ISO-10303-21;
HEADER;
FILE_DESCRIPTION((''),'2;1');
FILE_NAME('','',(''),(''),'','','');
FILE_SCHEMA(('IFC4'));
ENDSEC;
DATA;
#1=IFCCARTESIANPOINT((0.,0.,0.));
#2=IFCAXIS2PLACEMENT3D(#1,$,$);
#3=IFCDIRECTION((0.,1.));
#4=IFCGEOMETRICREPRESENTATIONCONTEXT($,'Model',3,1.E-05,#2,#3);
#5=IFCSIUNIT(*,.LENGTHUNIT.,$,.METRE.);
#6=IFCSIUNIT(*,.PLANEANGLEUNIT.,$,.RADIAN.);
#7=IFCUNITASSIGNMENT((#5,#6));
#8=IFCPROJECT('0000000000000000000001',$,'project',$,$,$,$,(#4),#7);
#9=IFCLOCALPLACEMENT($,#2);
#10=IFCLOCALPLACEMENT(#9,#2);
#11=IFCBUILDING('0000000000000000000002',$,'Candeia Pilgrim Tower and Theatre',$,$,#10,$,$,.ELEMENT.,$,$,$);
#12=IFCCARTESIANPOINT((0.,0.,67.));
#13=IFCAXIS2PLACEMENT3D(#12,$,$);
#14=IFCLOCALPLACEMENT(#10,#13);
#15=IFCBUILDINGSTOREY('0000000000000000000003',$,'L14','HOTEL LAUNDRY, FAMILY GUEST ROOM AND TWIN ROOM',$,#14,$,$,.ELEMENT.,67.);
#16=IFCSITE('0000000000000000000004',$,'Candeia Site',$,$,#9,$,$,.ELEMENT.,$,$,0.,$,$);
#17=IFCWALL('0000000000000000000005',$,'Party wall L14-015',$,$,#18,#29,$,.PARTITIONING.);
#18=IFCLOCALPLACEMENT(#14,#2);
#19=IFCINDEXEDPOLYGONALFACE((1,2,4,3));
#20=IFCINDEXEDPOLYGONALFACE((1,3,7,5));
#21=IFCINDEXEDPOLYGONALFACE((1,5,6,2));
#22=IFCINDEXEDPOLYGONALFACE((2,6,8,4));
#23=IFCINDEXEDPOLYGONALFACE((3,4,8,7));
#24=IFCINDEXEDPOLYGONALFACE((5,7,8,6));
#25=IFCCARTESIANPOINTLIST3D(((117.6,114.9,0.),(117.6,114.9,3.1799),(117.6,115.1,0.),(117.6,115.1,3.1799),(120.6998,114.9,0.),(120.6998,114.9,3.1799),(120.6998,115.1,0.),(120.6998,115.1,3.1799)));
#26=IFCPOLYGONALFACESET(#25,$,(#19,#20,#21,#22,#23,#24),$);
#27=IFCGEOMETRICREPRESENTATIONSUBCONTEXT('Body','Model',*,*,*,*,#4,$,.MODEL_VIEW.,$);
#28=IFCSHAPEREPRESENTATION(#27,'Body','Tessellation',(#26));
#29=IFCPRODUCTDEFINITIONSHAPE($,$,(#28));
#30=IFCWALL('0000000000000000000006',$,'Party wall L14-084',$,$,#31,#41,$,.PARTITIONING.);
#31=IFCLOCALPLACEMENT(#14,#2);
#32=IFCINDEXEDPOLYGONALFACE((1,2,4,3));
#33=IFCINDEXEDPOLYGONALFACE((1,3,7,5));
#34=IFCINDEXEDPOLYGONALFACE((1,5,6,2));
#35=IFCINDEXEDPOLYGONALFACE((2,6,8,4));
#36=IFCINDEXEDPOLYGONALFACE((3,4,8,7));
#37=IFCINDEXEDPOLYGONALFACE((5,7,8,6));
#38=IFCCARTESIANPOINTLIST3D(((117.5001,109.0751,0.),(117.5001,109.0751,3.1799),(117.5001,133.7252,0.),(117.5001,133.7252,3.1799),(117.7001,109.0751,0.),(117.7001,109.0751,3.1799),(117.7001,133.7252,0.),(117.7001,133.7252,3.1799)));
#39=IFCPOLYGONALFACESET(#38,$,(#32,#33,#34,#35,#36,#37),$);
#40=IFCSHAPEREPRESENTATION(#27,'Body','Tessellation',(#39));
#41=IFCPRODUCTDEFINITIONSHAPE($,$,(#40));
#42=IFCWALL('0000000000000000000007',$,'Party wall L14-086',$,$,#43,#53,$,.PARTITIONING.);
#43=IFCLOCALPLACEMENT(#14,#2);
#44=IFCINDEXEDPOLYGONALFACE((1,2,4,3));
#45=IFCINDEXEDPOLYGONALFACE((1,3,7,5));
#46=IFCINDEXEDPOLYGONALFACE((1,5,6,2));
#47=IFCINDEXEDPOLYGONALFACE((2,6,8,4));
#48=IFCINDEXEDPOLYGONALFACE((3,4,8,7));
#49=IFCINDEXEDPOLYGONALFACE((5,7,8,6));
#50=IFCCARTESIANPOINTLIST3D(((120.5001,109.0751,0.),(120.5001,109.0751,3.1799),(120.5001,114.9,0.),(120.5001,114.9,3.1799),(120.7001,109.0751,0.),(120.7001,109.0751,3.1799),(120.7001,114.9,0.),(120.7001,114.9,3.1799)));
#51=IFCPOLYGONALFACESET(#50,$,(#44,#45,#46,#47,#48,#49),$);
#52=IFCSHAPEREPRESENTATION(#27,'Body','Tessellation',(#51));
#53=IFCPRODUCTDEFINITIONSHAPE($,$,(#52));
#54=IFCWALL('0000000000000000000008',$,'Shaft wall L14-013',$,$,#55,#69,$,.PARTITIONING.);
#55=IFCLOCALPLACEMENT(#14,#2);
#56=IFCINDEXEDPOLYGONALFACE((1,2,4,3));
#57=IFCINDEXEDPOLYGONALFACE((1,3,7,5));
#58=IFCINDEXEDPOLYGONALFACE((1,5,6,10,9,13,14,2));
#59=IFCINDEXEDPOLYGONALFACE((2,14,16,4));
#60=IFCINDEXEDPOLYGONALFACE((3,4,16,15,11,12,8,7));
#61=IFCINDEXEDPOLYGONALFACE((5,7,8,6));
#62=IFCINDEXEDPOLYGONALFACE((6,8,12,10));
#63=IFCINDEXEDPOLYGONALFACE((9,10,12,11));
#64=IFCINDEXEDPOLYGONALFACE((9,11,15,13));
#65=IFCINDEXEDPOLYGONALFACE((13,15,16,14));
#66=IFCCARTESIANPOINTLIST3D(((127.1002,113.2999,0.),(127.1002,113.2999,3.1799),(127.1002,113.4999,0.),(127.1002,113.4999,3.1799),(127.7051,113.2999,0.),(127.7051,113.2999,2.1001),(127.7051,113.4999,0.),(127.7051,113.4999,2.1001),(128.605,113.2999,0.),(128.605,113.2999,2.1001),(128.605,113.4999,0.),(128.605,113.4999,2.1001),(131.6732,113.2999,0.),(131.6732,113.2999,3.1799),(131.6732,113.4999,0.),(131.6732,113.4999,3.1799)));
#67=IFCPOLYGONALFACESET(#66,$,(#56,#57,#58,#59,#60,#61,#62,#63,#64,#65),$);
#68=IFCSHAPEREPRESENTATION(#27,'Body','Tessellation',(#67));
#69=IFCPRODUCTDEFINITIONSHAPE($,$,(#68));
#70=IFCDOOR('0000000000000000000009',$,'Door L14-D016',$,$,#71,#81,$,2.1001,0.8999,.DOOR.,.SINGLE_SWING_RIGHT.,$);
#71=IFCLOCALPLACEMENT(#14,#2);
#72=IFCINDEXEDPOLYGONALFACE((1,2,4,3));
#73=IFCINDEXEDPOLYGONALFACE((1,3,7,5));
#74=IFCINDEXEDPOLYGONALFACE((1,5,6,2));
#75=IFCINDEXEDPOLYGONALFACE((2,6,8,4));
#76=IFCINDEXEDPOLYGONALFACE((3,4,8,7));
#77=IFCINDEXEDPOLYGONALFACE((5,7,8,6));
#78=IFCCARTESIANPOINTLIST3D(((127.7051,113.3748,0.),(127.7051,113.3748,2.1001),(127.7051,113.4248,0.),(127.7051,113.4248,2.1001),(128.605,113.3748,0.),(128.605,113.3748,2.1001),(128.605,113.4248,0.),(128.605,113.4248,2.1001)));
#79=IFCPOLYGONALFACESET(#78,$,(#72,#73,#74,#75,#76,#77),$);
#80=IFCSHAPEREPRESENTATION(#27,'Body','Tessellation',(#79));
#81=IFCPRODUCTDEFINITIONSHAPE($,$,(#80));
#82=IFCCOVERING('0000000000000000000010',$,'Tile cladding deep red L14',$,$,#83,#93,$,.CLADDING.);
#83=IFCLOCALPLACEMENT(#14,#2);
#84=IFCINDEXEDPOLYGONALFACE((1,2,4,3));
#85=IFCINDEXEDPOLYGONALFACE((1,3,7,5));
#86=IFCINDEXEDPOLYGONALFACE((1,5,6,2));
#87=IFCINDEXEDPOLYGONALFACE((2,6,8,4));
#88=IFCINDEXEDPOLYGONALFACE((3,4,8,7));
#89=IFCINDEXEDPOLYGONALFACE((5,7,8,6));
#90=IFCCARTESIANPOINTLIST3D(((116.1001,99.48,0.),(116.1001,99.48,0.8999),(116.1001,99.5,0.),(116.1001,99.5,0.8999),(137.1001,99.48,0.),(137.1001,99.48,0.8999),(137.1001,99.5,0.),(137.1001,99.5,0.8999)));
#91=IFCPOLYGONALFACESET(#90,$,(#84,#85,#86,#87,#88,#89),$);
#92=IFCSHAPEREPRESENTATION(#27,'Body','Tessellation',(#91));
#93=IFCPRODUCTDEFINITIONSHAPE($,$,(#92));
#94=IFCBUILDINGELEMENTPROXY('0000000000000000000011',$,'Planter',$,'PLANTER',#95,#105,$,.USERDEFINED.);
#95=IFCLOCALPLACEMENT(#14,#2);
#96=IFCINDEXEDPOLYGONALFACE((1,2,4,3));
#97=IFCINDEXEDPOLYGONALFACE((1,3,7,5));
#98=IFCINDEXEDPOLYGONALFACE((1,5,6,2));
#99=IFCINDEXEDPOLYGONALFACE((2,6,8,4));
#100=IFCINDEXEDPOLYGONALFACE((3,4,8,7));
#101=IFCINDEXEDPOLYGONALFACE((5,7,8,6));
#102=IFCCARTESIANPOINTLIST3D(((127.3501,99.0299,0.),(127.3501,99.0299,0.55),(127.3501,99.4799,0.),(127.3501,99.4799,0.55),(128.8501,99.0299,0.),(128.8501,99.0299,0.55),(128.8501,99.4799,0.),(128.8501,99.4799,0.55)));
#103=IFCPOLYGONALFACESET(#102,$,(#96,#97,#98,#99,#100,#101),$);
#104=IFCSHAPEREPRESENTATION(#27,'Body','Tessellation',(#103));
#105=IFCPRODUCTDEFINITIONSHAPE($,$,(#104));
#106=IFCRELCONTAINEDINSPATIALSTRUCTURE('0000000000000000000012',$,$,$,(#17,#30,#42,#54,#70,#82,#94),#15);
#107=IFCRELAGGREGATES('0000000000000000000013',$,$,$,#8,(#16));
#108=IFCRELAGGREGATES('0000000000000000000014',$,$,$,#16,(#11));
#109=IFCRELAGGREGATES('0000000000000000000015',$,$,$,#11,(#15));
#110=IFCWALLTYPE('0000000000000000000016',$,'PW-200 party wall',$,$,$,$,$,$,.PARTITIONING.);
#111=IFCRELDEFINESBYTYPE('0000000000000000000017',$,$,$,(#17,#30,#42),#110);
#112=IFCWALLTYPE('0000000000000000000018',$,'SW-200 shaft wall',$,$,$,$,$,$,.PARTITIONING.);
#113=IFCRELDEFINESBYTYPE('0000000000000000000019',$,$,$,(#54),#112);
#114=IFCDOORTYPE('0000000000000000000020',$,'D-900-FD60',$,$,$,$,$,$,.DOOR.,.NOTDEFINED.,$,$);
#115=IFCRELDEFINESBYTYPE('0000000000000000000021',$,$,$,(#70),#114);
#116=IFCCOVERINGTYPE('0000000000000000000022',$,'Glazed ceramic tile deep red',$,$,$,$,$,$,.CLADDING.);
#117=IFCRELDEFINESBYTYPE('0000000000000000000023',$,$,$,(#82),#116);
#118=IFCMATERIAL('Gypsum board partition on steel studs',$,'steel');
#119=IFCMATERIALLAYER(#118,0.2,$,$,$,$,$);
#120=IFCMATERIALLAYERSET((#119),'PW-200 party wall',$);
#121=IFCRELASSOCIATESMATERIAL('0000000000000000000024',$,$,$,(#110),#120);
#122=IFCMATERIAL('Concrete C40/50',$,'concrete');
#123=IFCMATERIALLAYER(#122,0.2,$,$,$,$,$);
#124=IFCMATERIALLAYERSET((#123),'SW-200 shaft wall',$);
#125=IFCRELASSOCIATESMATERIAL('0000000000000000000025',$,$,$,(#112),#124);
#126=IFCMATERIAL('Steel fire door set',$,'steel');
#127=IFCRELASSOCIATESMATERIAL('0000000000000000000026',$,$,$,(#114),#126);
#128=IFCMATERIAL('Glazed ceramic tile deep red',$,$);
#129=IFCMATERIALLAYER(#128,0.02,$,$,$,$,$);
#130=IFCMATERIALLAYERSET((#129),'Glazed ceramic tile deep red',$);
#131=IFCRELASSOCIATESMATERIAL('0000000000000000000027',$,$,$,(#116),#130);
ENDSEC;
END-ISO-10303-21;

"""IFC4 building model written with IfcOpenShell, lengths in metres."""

from ifc_helpers import new_model, si_unit, direction, frame, frame_2d, origin, origin_2d, place, context, subcontext, project, spatial, rectangle, extrude, material, layer, layer_set, type_object, element, fill, save


model = new_model("IFC4")

# Units and contexts
model_context = context("Model", 3, precision=1e-05, world=origin(), true_north=direction((0.0, 1.0)))
body_context = subcontext(model_context, "Body", "Model", "MODEL_VIEW")
ifc_project = project(units=[si_unit("LENGTHUNIT", "METRE"), si_unit("PLANEANGLEUNIT", "RADIAN")], contexts=[model_context])

# Site, building, storey
site_placement = place(None, origin())
site = spatial("IfcSite", under=ifc_project, at=site_placement, Name="Candeia Site", CompositionType="ELEMENT", RefElevation=0.0)
building_placement = place(site_placement, origin())
building = spatial("IfcBuilding", under=site, at=building_placement, Name="Candeia Pilgrim Tower and Theatre", CompositionType="ELEMENT")
storey_placement = place(building_placement, frame((0.0, 0.0, 67.0)))
storey = spatial("IfcBuildingStorey", under=building, at=storey_placement, Name="L14", Description="HOTEL LAUNDRY, FAMILY GUEST ROOM AND TWIN ROOM", CompositionType="ELEMENT", Elevation=67.0)

# Shared definitions
ifc_material_1 = material(Name="Gypsum board partition on steel studs", Category="steel")

# Walls
ifc_layer_1 = layer(ifc_material_1, 0.2)
ifc_layer_set_1 = layer_set([ifc_layer_1], Name="PW-200 party wall")
wall_type_1 = type_object("IfcWallType", Name="PW-200 party wall", PredefinedType="PARTITIONING", material=ifc_layer_set_1)
wall_1_placement = place(storey_placement, frame((117.6001, 115.0, 0.0), z_axis=(0.0, 0.0, 1.0), x_axis=(1.0, 0.0, 0.0)))
element("IfcWall", 1, at=wall_1_placement, inside=storey, type_object=wall_type_1, Name="Party wall L14-015", PredefinedType="PARTITIONING", context=body_context, shape_type="SweptSolid", body=[
    extrude(rectangle(XDim=3.0999, YDim=0.2, at=frame_2d((1.5498, 0.0))), origin(), (0.0, 0.0, 1.0), 3.1799),
])
wall_2_placement = place(storey_placement, frame((117.6001, 109.075, 0.0), z_axis=(0.0, 0.0, 1.0), x_axis=(0.0, 1.0, 0.0)))
element("IfcWall", 2, at=wall_2_placement, inside=storey, type_object=wall_type_1, Name="Party wall L14-084", PredefinedType="PARTITIONING", context=body_context, shape_type="SweptSolid", body=[
    extrude(rectangle(XDim=24.6501, YDim=0.2, at=frame_2d((12.3252, 0.0))), origin(), (0.0, 0.0, 1.0), 3.1799),
])
wall_3_placement = place(storey_placement, frame((120.6001, 109.075, 0.0), z_axis=(0.0, 0.0, 1.0), x_axis=(0.0, 1.0, 0.0)))
element("IfcWall", 3, at=wall_3_placement, inside=storey, type_object=wall_type_1, Name="Party wall L14-086", PredefinedType="PARTITIONING", context=body_context, shape_type="SweptSolid", body=[
    extrude(rectangle(XDim=5.825, YDim=0.2, at=frame_2d((2.9126, 0.0))), origin(), (0.0, 0.0, 1.0), 3.1799),
])

# Wall, opening, door
ifc_material_2 = material(Name="Concrete C40/50", Category="concrete")
ifc_layer_2 = layer(ifc_material_2, 0.2)
ifc_layer_set_2 = layer_set([ifc_layer_2], Name="SW-200 shaft wall")
wall_type_2 = type_object("IfcWallType", Name="SW-200 shaft wall", PredefinedType="PARTITIONING", material=ifc_layer_set_2)
wall_4_placement = place(storey_placement, frame((127.1001, 113.3999, 0.0), z_axis=(0.0, 0.0, 1.0), x_axis=(1.0, 0.0, 0.0)))
wall_4 = element("IfcWall", 4, at=wall_4_placement, inside=storey, type_object=wall_type_2, Name="Shaft wall L14-013", PredefinedType="PARTITIONING", context=body_context, shape_type="SweptSolid", body=[
    extrude(rectangle(XDim=4.573, YDim=0.2, at=frame_2d((2.2866, 0.0))), origin(), (0.0, 0.0, 1.0), 3.1799),
])
opening_1_placement = place(wall_4_placement, frame((0.605, 0.0, 0.0)))
opening_1 = element("IfcOpeningElement", 5, at=opening_1_placement, cuts=wall_4, PredefinedType="OPENING", context=body_context, shape_type="SweptSolid", body=[
    extrude(rectangle(XDim=0.8999, YDim=2.1001, at=frame_2d((0.45, 1.05))), frame((0.0, 0.1099, 0.0), z_axis=(0.0, -1.0, 0.0), x_axis=(1.0, 0.0, 0.0)), (0.0, 0.0, 1.0), 0.22),
])
ifc_material_3 = material(Name="Steel fire door set", Category="steel")
door_type_1 = type_object("IfcDoorType", Name="D-900-FD60", OperationType="NOTDEFINED", PredefinedType="DOOR", material=ifc_material_3)
door_1_placement = place(opening_1_placement, origin())
door_1 = element("IfcDoor", 6, at=door_1_placement, inside=storey, type_object=door_type_1, Name="Door L14-D016", OperationType="SINGLE_SWING_RIGHT", OverallHeight=2.1001, OverallWidth=0.8999, PredefinedType="DOOR", context=body_context, shape_type="SweptSolid", body=[
    extrude(rectangle(XDim=0.8999, YDim=2.1001, at=frame_2d((0.45, 1.05))), frame((0.0, 0.0249, 0.0), z_axis=(0.0, -1.0, 0.0), x_axis=(1.0, 0.0, 0.0)), (0.0, 0.0, 1.0), 0.05),
])
fill(opening_1, door_1)

# Covering
ifc_material_4 = material(Name="Glazed ceramic tile deep red")
ifc_layer_3 = layer(ifc_material_4, 0.02)
ifc_layer_set_3 = layer_set([ifc_layer_3], Name="Glazed ceramic tile deep red")
covering_type = type_object("IfcCoveringType", Name="Glazed ceramic tile deep red", PredefinedType="CLADDING", material=ifc_layer_set_3)
covering_placement = place(storey_placement, frame((126.6001, 99.49, 0.0), z_axis=(0.0, 0.0, 1.0), x_axis=(1.0, 0.0, 0.0)))
element("IfcCovering", 7, at=covering_placement, inside=storey, type_object=covering_type, Name="Tile cladding deep red L14", PredefinedType="CLADDING", context=body_context, shape_type="SweptSolid", body=[
    extrude(rectangle(XDim=21.0, YDim=0.02, at=origin_2d()), origin(), (0.0, 0.0, 1.0), 0.8999),
])

# Building element proxy
proxy_placement = place(storey_placement, frame((128.1001, 99.2549, 0.0), z_axis=(0.0, 0.0, 1.0), x_axis=(1.0, 0.0, 0.0)))
element("IfcBuildingElementProxy", 8, at=proxy_placement, inside=storey, Name="Planter", ObjectType="PLANTER", PredefinedType="USERDEFINED", context=body_context, shape_type="SweptSolid", body=[
    extrude(rectangle(XDim=1.5, YDim=0.45, at=origin_2d()), origin(), (0.0, 0.0, 1.0), 0.55),
])

save(model, "model.ifc")
